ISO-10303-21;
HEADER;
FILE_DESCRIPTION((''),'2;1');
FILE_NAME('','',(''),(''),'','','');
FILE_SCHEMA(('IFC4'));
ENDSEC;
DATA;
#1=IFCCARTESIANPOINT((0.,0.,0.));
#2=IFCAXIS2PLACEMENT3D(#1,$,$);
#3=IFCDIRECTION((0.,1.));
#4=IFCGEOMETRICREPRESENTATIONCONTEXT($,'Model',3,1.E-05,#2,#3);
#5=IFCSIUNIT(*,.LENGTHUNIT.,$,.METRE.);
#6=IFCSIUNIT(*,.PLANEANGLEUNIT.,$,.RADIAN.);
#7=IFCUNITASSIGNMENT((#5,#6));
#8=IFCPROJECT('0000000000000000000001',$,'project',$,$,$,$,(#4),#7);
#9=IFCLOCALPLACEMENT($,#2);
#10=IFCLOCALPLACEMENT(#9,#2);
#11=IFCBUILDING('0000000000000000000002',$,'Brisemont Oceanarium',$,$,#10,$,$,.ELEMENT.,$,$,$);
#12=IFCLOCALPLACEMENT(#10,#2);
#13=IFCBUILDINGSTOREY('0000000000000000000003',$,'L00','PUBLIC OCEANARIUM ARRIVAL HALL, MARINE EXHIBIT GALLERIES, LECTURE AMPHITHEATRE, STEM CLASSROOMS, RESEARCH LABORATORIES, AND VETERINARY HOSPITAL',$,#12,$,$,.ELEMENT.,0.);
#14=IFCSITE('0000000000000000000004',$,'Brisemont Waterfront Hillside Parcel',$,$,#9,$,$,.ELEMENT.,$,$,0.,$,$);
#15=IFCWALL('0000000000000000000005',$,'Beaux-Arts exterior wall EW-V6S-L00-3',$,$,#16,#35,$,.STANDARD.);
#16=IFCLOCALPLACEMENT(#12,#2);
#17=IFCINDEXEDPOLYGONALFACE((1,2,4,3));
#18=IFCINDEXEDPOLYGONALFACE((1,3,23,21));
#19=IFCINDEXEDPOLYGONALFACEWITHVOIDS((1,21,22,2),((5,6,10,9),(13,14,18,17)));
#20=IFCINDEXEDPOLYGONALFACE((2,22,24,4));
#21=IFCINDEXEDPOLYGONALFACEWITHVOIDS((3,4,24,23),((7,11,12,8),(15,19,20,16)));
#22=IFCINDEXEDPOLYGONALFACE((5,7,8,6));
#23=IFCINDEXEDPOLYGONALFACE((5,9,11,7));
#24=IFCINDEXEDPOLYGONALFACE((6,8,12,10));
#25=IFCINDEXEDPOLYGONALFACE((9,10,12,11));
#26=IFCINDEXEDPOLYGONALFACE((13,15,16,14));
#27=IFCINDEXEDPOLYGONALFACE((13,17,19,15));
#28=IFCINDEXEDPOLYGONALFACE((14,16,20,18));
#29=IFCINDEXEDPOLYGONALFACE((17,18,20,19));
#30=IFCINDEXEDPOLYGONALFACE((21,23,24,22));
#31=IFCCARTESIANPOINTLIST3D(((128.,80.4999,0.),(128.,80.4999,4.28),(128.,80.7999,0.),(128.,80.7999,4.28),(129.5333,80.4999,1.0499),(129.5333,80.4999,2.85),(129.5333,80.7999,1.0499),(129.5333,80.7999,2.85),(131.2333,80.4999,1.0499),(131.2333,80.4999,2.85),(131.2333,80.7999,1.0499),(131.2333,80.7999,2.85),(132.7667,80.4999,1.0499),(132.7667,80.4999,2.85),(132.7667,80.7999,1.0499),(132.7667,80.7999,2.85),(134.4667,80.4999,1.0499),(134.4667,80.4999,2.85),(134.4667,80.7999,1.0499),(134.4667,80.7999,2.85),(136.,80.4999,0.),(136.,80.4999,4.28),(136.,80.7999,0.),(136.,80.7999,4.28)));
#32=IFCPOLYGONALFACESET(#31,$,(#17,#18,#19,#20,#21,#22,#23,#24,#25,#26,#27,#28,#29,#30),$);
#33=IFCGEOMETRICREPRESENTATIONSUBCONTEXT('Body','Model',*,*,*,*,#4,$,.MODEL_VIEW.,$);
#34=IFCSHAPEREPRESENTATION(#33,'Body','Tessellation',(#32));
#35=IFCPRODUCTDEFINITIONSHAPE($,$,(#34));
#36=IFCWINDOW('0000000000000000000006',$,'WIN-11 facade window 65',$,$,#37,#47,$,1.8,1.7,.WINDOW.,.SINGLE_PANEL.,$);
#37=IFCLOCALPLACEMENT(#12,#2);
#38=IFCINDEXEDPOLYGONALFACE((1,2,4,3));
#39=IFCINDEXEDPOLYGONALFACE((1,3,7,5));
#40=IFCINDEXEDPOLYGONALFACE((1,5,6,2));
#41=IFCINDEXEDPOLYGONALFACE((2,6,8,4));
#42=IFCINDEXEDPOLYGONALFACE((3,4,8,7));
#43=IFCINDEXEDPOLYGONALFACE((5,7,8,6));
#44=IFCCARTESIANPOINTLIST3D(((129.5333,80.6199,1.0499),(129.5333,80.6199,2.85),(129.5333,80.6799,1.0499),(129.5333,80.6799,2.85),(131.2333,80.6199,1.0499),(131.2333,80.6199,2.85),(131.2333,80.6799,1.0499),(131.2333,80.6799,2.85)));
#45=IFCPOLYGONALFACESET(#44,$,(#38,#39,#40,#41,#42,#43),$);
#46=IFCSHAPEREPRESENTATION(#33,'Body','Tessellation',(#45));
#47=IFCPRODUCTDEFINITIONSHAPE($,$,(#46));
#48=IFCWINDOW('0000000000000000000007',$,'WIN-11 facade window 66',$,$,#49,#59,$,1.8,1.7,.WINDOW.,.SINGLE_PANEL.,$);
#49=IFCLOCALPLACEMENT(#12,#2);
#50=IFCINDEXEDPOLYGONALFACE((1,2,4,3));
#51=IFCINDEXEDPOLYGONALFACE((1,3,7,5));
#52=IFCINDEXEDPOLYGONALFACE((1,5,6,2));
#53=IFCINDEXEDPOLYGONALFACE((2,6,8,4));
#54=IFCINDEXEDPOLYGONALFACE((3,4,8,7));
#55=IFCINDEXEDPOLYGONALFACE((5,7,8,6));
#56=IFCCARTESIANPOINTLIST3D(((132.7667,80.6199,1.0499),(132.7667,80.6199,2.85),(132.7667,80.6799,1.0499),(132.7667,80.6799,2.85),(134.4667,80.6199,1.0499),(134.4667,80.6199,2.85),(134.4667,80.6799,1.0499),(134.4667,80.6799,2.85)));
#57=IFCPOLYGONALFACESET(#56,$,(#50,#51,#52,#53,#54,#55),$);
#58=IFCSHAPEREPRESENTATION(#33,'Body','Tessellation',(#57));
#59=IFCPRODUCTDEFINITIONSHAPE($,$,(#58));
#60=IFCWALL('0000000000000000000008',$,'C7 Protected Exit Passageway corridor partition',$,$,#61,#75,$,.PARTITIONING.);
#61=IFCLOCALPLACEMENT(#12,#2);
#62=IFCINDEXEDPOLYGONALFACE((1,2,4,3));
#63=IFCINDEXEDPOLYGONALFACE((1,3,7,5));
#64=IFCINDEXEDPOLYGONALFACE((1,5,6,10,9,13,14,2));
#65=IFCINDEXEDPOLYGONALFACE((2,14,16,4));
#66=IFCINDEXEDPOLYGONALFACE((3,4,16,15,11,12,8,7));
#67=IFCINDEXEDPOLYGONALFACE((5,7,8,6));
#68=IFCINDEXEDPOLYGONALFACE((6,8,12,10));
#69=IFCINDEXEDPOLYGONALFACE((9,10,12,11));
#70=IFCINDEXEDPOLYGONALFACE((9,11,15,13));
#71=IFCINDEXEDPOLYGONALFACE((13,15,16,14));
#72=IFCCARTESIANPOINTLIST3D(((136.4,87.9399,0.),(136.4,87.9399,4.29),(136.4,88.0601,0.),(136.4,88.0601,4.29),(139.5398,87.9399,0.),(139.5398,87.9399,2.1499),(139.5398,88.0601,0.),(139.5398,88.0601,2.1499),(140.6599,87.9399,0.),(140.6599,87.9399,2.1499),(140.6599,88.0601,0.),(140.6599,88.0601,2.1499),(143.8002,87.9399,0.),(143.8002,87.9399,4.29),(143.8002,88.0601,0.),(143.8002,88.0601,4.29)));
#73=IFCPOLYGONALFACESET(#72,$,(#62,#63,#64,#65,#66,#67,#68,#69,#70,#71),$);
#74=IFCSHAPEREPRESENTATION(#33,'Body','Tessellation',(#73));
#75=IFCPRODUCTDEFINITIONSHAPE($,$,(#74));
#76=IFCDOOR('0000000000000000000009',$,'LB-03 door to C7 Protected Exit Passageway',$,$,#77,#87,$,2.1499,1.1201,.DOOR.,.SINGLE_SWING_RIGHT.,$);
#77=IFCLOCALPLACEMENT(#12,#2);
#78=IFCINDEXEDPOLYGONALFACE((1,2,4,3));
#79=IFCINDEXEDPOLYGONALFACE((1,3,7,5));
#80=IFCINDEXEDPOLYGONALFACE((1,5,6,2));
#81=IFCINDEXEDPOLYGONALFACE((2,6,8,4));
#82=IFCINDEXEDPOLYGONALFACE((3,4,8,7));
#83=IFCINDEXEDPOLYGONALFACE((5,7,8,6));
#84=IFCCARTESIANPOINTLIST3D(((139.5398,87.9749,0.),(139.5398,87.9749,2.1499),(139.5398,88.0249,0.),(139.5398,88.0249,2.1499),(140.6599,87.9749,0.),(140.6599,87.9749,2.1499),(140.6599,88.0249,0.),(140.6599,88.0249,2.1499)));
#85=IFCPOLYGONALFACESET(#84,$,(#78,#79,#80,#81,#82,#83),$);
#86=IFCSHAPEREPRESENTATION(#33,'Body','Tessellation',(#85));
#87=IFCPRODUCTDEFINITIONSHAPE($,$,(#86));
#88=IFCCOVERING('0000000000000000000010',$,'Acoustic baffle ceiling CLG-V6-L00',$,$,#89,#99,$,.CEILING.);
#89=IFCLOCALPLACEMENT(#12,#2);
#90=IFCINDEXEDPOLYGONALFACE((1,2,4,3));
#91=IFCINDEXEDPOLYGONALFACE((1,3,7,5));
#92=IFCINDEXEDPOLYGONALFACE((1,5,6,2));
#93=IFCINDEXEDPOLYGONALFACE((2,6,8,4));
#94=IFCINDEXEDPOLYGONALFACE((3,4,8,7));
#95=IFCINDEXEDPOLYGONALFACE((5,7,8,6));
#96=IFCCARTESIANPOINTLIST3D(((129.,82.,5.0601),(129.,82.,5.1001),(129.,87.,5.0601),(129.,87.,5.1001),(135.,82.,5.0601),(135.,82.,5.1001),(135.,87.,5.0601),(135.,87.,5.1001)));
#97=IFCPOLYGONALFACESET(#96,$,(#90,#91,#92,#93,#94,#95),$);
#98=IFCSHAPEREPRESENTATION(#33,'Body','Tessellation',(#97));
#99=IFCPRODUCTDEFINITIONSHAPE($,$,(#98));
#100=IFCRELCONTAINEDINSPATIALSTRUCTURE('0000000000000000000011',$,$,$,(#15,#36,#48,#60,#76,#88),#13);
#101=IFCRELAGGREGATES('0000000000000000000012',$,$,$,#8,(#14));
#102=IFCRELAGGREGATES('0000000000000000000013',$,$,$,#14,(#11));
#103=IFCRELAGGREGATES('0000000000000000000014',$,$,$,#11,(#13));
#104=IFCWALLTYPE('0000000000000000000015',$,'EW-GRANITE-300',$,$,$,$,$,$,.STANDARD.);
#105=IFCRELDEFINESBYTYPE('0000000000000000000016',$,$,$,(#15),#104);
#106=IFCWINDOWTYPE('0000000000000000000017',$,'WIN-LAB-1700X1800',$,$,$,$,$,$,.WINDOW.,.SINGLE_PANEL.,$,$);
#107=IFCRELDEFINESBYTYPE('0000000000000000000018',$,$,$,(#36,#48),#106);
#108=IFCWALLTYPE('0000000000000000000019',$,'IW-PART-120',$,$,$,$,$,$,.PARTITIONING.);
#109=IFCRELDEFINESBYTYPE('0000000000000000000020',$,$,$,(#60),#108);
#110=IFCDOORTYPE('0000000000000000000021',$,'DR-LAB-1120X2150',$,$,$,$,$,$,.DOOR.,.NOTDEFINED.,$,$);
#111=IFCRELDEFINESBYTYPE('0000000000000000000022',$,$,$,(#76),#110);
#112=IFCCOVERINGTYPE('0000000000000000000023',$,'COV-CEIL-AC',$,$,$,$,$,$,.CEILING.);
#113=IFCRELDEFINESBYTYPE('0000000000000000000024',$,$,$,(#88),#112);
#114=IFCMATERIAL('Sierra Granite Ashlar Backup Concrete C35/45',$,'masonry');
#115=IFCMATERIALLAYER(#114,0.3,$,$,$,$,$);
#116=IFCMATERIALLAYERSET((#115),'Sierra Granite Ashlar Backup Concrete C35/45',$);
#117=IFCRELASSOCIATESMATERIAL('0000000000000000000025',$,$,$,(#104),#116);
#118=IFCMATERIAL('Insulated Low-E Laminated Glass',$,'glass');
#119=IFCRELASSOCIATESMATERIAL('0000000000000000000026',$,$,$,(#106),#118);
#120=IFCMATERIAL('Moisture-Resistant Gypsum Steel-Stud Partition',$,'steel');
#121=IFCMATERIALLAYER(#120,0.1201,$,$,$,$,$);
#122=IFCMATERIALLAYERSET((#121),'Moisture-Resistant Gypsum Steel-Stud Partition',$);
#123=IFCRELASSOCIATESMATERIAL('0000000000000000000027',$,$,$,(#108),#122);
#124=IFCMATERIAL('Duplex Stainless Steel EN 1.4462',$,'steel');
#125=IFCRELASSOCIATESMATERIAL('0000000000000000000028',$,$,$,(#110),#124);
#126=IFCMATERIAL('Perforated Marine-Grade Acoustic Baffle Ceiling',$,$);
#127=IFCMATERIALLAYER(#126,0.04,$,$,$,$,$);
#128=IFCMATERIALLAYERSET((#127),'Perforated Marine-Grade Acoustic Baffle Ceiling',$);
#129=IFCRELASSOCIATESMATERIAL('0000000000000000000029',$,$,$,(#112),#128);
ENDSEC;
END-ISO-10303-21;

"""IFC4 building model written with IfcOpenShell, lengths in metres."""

from ifc_helpers import new_model, si_unit, direction, frame, frame_2d, origin, origin_2d, place, context, subcontext, project, spatial, rectangle, extrude, material, layer, layer_set, type_object, element, fill, save


model = new_model("IFC4")

# Units and contexts
model_context = context("Model", 3, precision=1e-05, world=origin(), true_north=direction((0.0, 1.0)))
body_context = subcontext(model_context, "Body", "Model", "MODEL_VIEW")
ifc_project = project(units=[si_unit("LENGTHUNIT", "METRE"), si_unit("PLANEANGLEUNIT", "RADIAN")], contexts=[model_context])

# Site, building, storey
site_placement = place(None, origin())
site = spatial("IfcSite", under=ifc_project, at=site_placement, Name="Brisemont Waterfront Hillside Parcel", CompositionType="ELEMENT", RefElevation=0.0)
building_placement = place(site_placement, origin())
building = spatial("IfcBuilding", under=site, at=building_placement, Name="Brisemont Oceanarium", CompositionType="ELEMENT")
storey_placement = place(building_placement, origin())
storey = spatial("IfcBuildingStorey", under=building, at=storey_placement, Name="L00", Description="PUBLIC OCEANARIUM ARRIVAL HALL, MARINE EXHIBIT GALLERIES, LECTURE AMPHITHEATRE, STEM CLASSROOMS, RESEARCH LABORATORIES, AND VETERINARY HOSPITAL", CompositionType="ELEMENT", Elevation=0.0)

# Wall, openings, windows
ifc_material_1 = material(Name="Sierra Granite Ashlar Backup Concrete C35/45", Category="masonry")
ifc_layer_1 = layer(ifc_material_1, 0.3)
ifc_layer_set_1 = layer_set([ifc_layer_1], Name="Sierra Granite Ashlar Backup Concrete C35/45")
wall_type_1 = type_object("IfcWallType", Name="EW-GRANITE-300", PredefinedType="STANDARD", material=ifc_layer_set_1)
wall_1_placement = place(storey_placement, frame((128.0, 80.6499, 0.0), z_axis=(0.0, 0.0, 1.0), x_axis=(1.0, 0.0, 0.0)))
wall_1 = element("IfcWall", 1, at=wall_1_placement, inside=storey, type_object=wall_type_1, Name="Beaux-Arts exterior wall EW-V6S-L00-3", PredefinedType="STANDARD", context=body_context, shape_type="SweptSolid", body=[
    extrude(rectangle(XDim=8.0, YDim=0.3, at=frame_2d((4.0, 0.0))), origin(), (0.0, 0.0, 1.0), 4.28),
])
opening_1_placement = place(wall_1_placement, frame((1.5332, 0.0, 1.05)))
opening_1 = element("IfcOpeningElement", 2, at=opening_1_placement, cuts=wall_1, PredefinedType="OPENING", context=body_context, shape_type="SweptSolid", body=[
    extrude(rectangle(XDim=1.7, YDim=1.8, at=frame_2d((0.8501, 0.8999))), frame((0.0, 0.1599, 0.0), z_axis=(0.0, -1.0, 0.0), x_axis=(1.0, 0.0, 0.0)), (0.0, 0.0, 1.0), 0.3201),
])
opening_2_placement = place(wall_1_placement, frame((4.7666, 0.0, 1.05)))
opening_2 = element("IfcOpeningElement", 3, at=opening_2_placement, cuts=wall_1, PredefinedType="OPENING", context=body_context, shape_type="SweptSolid", body=[
    extrude(rectangle(XDim=1.7, YDim=1.8, at=frame_2d((0.8501, 0.8999))), frame((0.0, 0.1599, 0.0), z_axis=(0.0, -1.0, 0.0), x_axis=(1.0, 0.0, 0.0)), (0.0, 0.0, 1.0), 0.3201),
])
ifc_material_2 = material(Name="Insulated Low-E Laminated Glass", Category="glass")
window_type = type_object("IfcWindowType", Name="WIN-LAB-1700X1800", PartitioningType="SINGLE_PANEL", PredefinedType="WINDOW", material=ifc_material_2)
window_1_placement = place(opening_1_placement, origin())
window_1 = element("IfcWindow", 4, at=window_1_placement, inside=storey, type_object=window_type, Name="WIN-11 facade window 65", OverallHeight=1.8, OverallWidth=1.7, PartitioningType="SINGLE_PANEL", PredefinedType="WINDOW", context=body_context, shape_type="SweptSolid", body=[
    extrude(rectangle(XDim=1.7, YDim=1.8, at=frame_2d((0.8501, 0.8999))), frame((0.0, 0.03, 0.0), z_axis=(0.0, -1.0, 0.0), x_axis=(1.0, 0.0, 0.0)), (0.0, 0.0, 1.0), 0.0601),
])
fill(opening_1, window_1)
window_2_placement = place(opening_2_placement, origin())
window_2 = element("IfcWindow", 5, at=window_2_placement, inside=storey, type_object=window_type, Name="WIN-11 facade window 66", OverallHeight=1.8, OverallWidth=1.7, PartitioningType="SINGLE_PANEL", PredefinedType="WINDOW", context=body_context, shape_type="SweptSolid", body=[
    extrude(rectangle(XDim=1.7, YDim=1.8, at=frame_2d((0.8501, 0.8999))), frame((0.0, 0.03, 0.0), z_axis=(0.0, -1.0, 0.0), x_axis=(1.0, 0.0, 0.0)), (0.0, 0.0, 1.0), 0.0601),
])
fill(opening_2, window_2)

# Wall, opening, door
ifc_material_3 = material(Name="Moisture-Resistant Gypsum Steel-Stud Partition", Category="steel")
ifc_layer_2 = layer(ifc_material_3, 0.1201)
ifc_layer_set_2 = layer_set([ifc_layer_2], Name="Moisture-Resistant Gypsum Steel-Stud Partition")
wall_type_2 = type_object("IfcWallType", Name="IW-PART-120", PredefinedType="PARTITIONING", material=ifc_layer_set_2)
wall_2_placement = place(storey_placement, frame((136.3999, 88.0, 0.0), z_axis=(0.0, 0.0, 1.0), x_axis=(1.0, 0.0, 0.0)))
wall_2 = element("IfcWall", 6, at=wall_2_placement, inside=storey, type_object=wall_type_2, Name="C7 Protected Exit Passageway corridor partition", PredefinedType="PARTITIONING", context=body_context, shape_type="SweptSolid", body=[
    extrude(rectangle(XDim=7.4001, YDim=0.1201, at=frame_2d((3.7002, 0.0))), origin(), (0.0, 0.0, 1.0), 4.29),
])
opening_3_placement = place(wall_2_placement, frame((3.1399, 0.0, 0.0)))
opening_3 = element("IfcOpeningElement", 7, at=opening_3_placement, cuts=wall_2, PredefinedType="OPENING", context=body_context, shape_type="SweptSolid", body=[
    extrude(rectangle(XDim=1.1201, YDim=2.1499, at=frame_2d((0.5601, 1.075))), frame((0.0, 0.0701, 0.0), z_axis=(0.0, -1.0, 0.0), x_axis=(1.0, 0.0, 0.0)), (0.0, 0.0, 1.0), 0.1401),
])
ifc_material_4 = material(Name="Duplex Stainless Steel EN 1.4462", Category="steel")
door_type = type_object("IfcDoorType", Name="DR-LAB-1120X2150", OperationType="NOTDEFINED", PredefinedType="DOOR", material=ifc_material_4)
door_placement = place(opening_3_placement, origin())
door = element("IfcDoor", 8, at=door_placement, inside=storey, type_object=door_type, Name="LB-03 door to C7 Protected Exit Passageway", OperationType="SINGLE_SWING_RIGHT", OverallHeight=2.1499, OverallWidth=1.1201, PredefinedType="DOOR", context=body_context, shape_type="SweptSolid", body=[
    extrude(rectangle(XDim=1.1201, YDim=2.1499, at=frame_2d((0.5601, 1.075))), frame((0.0, 0.0249, 0.0), z_axis=(0.0, -1.0, 0.0), x_axis=(1.0, 0.0, 0.0)), (0.0, 0.0, 1.0), 0.05),
])
fill(opening_3, door)

# Covering
ifc_material_5 = material(Name="Perforated Marine-Grade Acoustic Baffle Ceiling")
ifc_layer_3 = layer(ifc_material_5, 0.04)
ifc_layer_set_3 = layer_set([ifc_layer_3], Name="Perforated Marine-Grade Acoustic Baffle Ceiling")
covering_type = type_object("IfcCoveringType", Name="COV-CEIL-AC", PredefinedType="CEILING", material=ifc_layer_set_3)
covering_placement = place(storey_placement, frame((132.0, 84.5, 5.0601), z_axis=(0.0, 0.0, 1.0), x_axis=(1.0, 0.0, 0.0)))
element("IfcCovering", 9, at=covering_placement, inside=storey, type_object=covering_type, Name="Acoustic baffle ceiling CLG-V6-L00", PredefinedType="CEILING", context=body_context, shape_type="SweptSolid", body=[
    extrude(rectangle(XDim=6.0, YDim=5.0, at=origin_2d()), origin(), (0.0, 0.0, 1.0), 0.04),
])

save(model, "model.ifc")
